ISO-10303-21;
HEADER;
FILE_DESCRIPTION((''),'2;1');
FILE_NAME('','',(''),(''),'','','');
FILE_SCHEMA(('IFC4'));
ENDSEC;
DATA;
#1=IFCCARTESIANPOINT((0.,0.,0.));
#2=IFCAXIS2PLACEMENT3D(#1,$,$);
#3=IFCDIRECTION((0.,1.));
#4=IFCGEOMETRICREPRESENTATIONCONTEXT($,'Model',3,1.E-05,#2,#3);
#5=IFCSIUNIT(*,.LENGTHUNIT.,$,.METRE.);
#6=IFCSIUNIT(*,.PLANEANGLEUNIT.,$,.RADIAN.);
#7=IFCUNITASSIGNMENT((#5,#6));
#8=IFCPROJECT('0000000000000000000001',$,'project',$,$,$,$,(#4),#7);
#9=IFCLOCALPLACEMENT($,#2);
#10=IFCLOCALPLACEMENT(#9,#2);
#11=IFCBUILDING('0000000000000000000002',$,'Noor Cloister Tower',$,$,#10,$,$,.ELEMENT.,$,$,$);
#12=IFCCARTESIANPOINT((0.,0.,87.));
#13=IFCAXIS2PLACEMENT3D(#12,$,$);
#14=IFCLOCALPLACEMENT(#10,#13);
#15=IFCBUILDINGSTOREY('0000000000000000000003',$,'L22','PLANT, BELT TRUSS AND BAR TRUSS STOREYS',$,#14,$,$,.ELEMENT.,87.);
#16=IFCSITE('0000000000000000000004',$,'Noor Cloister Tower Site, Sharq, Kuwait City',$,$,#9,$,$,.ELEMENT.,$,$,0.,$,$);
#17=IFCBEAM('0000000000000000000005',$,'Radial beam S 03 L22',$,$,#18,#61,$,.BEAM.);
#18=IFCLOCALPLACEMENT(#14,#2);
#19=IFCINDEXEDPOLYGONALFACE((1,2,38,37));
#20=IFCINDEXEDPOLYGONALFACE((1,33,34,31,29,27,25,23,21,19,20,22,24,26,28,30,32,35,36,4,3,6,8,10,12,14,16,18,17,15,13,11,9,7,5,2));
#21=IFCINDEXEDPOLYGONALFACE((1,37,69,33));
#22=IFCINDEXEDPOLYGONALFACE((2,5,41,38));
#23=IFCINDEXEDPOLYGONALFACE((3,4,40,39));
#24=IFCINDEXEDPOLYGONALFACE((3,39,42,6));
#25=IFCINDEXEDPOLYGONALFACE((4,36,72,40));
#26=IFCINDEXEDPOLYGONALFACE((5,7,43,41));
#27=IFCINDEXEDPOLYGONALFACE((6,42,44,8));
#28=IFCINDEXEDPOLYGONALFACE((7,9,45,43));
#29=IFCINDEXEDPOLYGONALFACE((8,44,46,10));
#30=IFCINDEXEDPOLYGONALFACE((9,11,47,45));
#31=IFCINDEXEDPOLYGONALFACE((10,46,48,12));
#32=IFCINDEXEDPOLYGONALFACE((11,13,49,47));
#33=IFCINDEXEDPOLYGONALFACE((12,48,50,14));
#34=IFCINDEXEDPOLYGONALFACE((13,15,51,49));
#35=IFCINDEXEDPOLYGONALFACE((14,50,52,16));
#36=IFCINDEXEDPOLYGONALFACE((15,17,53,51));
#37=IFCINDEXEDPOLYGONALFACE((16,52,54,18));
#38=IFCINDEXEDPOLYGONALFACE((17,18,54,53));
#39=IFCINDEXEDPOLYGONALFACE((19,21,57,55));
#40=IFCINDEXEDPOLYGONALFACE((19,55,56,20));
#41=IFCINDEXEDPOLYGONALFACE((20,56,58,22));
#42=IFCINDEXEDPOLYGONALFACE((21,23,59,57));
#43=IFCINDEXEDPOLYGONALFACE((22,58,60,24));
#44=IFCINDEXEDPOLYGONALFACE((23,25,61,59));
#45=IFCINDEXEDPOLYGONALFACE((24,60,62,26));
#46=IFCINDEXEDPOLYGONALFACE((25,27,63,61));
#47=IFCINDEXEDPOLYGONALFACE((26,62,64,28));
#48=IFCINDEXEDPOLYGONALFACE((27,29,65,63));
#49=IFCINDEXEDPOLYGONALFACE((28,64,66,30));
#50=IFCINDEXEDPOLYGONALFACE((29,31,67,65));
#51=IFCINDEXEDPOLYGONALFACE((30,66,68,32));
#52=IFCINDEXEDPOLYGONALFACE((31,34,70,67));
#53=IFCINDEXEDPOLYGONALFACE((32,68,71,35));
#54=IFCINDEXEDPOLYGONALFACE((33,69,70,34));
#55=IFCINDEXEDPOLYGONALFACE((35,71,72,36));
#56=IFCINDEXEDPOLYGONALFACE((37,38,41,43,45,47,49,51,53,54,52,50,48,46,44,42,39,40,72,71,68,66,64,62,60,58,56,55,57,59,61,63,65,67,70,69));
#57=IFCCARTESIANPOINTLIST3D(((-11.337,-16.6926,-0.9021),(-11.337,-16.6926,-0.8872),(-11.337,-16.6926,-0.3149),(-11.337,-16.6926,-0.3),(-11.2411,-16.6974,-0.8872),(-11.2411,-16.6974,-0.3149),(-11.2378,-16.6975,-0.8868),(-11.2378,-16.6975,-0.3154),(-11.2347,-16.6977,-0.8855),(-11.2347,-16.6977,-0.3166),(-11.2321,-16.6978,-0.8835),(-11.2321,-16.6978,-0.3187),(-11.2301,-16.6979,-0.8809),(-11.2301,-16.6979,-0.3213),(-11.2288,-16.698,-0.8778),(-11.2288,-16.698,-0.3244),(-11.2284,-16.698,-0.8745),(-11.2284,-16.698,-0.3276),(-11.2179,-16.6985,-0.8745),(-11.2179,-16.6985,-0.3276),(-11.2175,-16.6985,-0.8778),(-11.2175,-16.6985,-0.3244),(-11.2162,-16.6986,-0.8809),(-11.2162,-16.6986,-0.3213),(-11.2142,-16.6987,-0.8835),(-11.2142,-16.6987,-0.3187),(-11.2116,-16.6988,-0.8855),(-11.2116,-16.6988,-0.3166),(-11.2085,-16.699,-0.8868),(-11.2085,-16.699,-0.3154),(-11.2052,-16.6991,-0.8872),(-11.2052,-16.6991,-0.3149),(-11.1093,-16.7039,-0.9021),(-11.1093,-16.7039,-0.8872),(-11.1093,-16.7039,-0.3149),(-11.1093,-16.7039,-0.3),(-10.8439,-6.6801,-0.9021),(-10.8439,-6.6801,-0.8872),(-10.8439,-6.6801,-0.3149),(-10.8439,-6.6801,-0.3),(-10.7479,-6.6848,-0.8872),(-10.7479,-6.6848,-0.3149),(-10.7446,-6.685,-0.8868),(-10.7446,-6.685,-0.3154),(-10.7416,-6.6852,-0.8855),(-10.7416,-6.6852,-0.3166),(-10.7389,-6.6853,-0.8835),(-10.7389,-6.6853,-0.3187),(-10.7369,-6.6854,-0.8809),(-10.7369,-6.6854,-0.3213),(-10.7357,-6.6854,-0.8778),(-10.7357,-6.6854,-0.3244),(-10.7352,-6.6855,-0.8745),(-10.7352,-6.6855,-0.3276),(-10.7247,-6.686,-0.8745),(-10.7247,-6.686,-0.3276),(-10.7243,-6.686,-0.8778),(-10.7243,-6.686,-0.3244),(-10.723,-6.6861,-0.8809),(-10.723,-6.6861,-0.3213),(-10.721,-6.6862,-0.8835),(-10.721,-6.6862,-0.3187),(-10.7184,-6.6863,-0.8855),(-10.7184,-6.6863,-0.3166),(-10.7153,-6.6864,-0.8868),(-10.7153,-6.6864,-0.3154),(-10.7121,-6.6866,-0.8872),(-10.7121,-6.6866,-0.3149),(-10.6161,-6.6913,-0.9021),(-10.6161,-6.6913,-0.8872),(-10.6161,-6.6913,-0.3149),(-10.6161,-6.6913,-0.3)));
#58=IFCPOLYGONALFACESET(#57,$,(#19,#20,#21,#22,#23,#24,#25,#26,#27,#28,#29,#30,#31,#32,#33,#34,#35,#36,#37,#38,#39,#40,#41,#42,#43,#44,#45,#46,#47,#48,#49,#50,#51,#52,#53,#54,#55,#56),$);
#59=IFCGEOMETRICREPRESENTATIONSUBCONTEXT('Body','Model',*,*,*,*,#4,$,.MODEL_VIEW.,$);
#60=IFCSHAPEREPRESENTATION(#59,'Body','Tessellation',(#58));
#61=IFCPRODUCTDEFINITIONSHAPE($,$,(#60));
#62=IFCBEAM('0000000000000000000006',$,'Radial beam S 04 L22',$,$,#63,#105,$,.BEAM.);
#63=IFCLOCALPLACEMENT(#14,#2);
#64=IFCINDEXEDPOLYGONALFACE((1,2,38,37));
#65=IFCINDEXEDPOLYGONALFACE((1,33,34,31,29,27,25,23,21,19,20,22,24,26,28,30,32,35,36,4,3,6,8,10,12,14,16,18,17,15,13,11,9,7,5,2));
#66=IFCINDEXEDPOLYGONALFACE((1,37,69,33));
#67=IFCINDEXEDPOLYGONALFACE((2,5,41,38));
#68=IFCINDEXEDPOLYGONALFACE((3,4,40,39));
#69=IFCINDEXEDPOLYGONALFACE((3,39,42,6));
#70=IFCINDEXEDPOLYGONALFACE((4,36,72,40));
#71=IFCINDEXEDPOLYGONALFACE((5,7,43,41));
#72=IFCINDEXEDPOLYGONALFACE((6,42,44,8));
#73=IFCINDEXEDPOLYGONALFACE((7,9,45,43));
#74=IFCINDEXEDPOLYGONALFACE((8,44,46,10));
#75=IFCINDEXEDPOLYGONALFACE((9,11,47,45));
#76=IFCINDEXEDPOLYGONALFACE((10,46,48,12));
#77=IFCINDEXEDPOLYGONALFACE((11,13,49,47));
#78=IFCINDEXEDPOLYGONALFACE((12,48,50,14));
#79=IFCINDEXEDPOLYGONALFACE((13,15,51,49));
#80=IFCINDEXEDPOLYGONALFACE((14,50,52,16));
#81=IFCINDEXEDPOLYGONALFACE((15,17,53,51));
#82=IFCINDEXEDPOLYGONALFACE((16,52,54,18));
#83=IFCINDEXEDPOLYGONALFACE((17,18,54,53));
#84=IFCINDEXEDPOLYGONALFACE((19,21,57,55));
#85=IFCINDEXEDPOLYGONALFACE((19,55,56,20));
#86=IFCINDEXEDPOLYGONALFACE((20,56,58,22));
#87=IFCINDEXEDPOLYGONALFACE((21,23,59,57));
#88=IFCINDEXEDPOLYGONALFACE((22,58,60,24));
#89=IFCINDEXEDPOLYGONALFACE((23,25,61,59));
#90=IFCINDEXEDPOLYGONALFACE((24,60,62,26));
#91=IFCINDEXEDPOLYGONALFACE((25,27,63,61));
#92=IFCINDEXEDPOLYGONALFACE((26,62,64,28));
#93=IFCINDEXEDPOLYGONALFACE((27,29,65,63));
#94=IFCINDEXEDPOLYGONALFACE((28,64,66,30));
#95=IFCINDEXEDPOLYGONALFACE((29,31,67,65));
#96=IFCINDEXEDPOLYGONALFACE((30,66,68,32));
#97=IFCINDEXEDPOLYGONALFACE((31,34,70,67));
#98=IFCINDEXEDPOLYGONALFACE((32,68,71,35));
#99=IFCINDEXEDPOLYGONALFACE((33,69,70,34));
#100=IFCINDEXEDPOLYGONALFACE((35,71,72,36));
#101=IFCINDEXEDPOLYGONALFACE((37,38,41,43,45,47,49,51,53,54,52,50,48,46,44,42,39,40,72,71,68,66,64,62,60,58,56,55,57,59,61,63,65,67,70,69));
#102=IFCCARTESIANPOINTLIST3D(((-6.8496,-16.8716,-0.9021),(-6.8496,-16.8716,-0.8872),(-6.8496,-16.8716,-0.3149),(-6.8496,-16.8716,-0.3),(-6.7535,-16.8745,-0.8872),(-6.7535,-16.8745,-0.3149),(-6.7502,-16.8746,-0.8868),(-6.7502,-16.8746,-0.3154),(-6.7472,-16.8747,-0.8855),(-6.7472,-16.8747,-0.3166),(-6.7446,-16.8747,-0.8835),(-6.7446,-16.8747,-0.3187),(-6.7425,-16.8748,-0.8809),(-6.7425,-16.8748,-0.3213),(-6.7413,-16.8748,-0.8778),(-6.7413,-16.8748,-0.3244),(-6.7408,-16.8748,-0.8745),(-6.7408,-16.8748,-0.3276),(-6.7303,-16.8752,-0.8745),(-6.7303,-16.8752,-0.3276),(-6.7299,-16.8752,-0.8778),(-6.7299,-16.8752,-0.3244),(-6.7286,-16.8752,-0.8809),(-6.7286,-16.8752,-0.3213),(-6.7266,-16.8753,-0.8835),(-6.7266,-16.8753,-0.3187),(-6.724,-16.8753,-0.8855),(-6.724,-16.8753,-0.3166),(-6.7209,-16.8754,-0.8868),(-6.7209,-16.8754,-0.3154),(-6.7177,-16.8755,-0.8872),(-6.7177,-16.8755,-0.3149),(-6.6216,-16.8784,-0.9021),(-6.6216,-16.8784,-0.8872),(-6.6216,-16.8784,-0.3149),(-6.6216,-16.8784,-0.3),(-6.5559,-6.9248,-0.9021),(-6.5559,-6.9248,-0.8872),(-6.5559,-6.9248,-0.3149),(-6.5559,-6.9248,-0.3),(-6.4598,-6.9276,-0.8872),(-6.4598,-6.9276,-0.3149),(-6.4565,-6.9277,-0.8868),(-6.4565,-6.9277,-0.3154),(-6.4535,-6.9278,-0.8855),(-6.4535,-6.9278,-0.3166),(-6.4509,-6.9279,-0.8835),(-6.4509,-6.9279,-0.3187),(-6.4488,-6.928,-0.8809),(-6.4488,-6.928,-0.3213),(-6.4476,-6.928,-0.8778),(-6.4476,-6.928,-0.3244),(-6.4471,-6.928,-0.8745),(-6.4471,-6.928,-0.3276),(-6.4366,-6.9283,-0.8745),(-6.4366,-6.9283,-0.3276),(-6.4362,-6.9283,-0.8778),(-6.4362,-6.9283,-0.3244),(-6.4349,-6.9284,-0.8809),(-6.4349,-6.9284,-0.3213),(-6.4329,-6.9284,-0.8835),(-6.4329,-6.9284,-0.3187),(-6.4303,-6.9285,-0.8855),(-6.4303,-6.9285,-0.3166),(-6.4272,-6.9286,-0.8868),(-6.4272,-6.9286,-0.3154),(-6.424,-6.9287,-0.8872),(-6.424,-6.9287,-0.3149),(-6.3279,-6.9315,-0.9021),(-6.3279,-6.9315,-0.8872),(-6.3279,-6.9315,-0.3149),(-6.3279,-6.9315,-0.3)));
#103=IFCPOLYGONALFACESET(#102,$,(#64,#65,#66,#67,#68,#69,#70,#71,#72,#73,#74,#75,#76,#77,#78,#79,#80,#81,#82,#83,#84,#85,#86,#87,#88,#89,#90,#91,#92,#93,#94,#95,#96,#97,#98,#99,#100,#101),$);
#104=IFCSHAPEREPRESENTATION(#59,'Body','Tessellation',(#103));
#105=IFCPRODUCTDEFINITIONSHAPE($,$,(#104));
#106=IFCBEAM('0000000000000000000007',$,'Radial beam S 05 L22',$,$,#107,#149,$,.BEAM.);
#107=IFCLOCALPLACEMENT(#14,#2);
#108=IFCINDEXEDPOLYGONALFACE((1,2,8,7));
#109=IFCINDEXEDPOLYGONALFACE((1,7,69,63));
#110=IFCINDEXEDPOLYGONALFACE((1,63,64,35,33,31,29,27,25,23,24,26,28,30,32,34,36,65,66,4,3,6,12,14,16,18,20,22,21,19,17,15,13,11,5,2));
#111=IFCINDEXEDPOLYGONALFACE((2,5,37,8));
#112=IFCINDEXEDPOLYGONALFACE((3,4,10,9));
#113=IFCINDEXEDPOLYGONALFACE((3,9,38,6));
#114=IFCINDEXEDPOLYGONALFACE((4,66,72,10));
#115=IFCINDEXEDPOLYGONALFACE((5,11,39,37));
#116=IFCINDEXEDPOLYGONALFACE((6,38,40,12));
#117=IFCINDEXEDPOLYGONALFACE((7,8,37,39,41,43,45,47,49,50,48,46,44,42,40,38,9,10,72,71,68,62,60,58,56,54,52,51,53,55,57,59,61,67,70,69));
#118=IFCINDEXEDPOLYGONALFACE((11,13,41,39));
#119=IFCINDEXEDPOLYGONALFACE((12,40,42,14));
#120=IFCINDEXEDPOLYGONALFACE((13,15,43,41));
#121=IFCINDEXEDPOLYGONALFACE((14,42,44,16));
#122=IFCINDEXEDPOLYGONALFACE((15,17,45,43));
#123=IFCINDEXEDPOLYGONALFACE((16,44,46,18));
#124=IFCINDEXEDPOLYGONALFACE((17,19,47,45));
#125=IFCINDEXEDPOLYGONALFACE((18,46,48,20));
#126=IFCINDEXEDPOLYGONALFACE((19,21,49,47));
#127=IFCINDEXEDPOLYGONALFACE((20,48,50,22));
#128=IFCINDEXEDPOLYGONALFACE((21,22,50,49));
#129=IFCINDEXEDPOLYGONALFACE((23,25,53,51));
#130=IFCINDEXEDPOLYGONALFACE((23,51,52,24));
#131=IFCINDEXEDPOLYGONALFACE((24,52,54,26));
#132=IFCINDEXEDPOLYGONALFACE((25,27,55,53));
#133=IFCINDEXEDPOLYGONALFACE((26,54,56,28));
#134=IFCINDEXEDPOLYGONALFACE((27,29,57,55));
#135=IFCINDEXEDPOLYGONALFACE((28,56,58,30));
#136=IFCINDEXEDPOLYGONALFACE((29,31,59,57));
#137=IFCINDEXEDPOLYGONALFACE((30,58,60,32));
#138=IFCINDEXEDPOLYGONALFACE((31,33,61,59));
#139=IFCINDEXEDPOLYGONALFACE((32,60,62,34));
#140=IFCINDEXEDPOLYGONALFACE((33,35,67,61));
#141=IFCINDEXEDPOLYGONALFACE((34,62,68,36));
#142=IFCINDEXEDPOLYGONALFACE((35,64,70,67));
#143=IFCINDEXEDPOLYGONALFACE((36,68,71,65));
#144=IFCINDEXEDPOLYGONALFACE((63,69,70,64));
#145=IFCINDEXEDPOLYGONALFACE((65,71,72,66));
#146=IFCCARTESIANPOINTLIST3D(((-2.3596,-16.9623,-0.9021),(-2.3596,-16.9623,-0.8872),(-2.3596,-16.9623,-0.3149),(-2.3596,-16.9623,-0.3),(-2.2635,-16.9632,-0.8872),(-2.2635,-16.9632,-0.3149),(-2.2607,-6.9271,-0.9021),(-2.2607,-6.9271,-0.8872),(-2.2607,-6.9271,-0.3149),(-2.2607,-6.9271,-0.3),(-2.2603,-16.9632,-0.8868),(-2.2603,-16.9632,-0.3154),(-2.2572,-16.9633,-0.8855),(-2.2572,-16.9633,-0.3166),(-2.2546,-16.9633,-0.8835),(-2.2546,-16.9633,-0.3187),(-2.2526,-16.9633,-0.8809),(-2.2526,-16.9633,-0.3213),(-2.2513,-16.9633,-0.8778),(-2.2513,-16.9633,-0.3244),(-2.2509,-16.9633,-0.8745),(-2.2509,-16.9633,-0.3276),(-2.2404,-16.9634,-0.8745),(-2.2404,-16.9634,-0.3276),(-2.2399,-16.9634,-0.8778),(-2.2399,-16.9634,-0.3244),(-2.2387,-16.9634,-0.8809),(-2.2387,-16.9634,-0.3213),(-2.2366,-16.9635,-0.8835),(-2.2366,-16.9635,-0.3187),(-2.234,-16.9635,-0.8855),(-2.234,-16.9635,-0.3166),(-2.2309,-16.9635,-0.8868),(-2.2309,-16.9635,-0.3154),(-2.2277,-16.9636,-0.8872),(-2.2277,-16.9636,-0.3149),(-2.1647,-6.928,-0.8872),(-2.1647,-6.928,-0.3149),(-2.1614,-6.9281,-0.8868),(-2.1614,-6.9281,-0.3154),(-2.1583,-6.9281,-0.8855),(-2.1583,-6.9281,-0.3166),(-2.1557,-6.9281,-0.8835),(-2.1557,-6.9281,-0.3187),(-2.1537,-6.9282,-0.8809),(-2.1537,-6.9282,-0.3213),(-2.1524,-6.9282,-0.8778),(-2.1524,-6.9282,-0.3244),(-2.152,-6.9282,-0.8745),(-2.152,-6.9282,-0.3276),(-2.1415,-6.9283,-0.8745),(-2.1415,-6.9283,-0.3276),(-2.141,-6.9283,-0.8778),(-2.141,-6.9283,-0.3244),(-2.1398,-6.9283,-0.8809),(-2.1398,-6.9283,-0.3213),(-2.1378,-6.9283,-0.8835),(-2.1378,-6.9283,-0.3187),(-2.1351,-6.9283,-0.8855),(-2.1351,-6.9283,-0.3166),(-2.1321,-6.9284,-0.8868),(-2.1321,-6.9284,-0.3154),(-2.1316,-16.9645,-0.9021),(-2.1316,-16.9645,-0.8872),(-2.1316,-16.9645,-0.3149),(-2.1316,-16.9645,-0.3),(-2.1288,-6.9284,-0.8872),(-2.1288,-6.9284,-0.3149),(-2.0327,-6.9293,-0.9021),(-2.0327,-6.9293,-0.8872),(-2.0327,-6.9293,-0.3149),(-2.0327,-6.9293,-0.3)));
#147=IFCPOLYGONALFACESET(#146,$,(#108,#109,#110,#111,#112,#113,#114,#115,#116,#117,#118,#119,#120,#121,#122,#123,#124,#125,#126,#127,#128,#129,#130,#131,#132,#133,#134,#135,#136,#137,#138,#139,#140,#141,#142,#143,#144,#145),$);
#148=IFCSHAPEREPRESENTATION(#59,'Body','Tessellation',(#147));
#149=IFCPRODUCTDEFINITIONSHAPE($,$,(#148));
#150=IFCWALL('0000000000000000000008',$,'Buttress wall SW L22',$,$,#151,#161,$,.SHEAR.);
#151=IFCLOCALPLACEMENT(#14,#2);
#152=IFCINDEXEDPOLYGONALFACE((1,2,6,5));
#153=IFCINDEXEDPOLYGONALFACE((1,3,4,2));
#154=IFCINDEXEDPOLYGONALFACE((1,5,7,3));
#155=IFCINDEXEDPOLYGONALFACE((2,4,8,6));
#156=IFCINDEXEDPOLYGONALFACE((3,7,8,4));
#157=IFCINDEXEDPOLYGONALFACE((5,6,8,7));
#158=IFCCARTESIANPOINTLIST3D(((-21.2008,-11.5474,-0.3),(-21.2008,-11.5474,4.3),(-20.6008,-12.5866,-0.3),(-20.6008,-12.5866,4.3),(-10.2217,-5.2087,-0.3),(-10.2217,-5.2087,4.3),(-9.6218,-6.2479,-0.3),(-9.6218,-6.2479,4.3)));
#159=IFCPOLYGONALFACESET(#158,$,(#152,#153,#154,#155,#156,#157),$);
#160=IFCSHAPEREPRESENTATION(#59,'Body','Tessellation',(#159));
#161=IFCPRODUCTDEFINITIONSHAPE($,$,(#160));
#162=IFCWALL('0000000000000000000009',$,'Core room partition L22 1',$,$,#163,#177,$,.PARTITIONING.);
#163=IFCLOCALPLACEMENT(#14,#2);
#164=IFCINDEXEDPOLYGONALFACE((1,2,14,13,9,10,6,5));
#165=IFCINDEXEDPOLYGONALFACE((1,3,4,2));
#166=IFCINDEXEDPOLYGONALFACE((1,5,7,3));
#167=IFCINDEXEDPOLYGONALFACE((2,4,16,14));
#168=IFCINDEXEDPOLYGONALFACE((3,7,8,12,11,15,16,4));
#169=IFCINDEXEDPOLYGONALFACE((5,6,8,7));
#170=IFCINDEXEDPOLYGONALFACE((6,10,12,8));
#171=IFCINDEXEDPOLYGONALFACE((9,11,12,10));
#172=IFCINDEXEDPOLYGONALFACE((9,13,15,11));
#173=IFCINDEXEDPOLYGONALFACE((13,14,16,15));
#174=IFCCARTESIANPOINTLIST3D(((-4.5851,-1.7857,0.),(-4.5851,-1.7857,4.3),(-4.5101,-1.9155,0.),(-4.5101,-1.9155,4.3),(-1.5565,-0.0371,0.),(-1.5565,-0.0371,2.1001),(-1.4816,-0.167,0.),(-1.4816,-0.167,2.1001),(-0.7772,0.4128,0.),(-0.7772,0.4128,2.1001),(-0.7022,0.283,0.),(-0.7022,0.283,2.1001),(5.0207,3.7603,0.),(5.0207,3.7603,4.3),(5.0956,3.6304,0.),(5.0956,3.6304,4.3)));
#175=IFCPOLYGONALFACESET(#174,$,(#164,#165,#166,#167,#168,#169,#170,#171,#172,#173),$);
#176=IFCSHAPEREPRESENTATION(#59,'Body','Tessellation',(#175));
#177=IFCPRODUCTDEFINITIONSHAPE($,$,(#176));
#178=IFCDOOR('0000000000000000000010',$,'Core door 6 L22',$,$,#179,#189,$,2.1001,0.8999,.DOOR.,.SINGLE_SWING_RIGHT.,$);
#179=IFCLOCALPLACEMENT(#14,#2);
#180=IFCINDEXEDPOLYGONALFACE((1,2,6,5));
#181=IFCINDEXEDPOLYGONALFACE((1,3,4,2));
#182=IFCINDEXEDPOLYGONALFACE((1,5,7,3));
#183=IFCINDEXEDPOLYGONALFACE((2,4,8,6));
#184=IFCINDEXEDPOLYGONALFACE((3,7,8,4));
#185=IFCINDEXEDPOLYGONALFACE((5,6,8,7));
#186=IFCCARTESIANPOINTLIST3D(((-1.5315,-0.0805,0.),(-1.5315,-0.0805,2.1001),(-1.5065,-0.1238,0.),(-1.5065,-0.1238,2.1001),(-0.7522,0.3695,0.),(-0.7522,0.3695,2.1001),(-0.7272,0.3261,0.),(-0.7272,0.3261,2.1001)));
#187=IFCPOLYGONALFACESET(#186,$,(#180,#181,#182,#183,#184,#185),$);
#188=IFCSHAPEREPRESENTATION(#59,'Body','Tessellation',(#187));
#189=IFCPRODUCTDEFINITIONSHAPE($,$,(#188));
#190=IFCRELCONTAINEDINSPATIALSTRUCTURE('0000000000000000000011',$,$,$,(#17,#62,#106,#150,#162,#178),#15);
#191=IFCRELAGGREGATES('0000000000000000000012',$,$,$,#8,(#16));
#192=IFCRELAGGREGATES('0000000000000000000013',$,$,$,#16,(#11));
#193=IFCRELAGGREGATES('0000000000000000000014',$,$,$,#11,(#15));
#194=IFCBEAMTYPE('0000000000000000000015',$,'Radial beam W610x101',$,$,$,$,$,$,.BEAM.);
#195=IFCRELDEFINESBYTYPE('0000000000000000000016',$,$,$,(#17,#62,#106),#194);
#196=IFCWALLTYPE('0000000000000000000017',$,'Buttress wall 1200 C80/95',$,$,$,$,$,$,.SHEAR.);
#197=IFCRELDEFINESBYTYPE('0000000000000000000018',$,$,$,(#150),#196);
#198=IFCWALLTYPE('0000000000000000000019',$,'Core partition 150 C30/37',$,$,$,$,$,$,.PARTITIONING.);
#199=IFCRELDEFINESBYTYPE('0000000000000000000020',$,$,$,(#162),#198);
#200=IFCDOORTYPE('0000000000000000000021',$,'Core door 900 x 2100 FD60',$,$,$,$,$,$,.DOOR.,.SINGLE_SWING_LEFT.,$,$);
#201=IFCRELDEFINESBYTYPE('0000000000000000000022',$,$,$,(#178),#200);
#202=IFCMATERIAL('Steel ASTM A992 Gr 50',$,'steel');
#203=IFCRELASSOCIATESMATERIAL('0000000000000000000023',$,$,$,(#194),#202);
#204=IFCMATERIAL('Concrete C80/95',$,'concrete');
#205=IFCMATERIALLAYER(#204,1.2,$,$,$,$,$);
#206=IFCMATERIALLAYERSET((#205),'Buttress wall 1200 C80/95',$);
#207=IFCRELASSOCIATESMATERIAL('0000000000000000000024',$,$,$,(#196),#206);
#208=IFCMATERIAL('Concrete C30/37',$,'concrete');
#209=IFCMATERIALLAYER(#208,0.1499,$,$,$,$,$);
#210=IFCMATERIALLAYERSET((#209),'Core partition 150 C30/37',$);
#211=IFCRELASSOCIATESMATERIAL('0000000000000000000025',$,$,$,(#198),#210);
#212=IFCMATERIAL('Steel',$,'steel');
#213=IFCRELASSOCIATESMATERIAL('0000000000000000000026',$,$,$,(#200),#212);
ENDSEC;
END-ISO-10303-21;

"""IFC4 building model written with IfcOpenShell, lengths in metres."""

from ifc_helpers import new_model, si_unit, direction, frame, frame_2d, origin, origin_2d, place, context, subcontext, project, spatial, rectangle, i_section, extrude, material, layer, layer_set, material_profile, profile_set, type_object, element, fill, save


model = new_model("IFC4")

# Units and contexts
model_context = context("Model", 3, precision=1e-05, world=origin(), true_north=direction((0.0, 1.0)))
body_context = subcontext(model_context, "Body", "Model", "MODEL_VIEW")
ifc_project = project(units=[si_unit("LENGTHUNIT", "METRE"), si_unit("PLANEANGLEUNIT", "RADIAN")], contexts=[model_context])

# Site, building, storey
site_placement = place(None, origin())
site = spatial("IfcSite", under=ifc_project, at=site_placement, Name="Noor Cloister Tower Site, Sharq, Kuwait City", CompositionType="ELEMENT", RefElevation=0.0)
building_placement = place(site_placement, origin())
building = spatial("IfcBuilding", under=site, at=building_placement, Name="Noor Cloister Tower", CompositionType="ELEMENT")
storey_placement = place(building_placement, frame((0.0, 0.0, 87.0)))
storey = spatial("IfcBuildingStorey", under=building, at=storey_placement, Name="L22", Description="PLANT, BELT TRUSS AND BAR TRUSS STOREYS", CompositionType="ELEMENT", Elevation=87.0)

# Beams
ifc_material_1 = material(Name="Steel ASTM A992 Gr 50", Category="steel")
ifc_material_profile_1 = material_profile(ifc_material_1, i_section(OverallWidth=0.228, OverallDepth=0.6021, WebThickness=0.0105, FlangeThickness=0.0149, FilletRadius=0.0127, at=origin_2d()), Name="W610x101")
ifc_profile_set_1 = profile_set([ifc_material_profile_1], Name="Steel ASTM A992 Gr 50")
beam_type_1 = type_object("IfcBeamType", Name="Radial beam W610x101", PredefinedType="BEAM", material=ifc_profile_set_1)
beam_1_placement = place(storey_placement, frame((-11.2231, -16.6982, -0.6011), z_axis=(0.049195, 0.998789, 0.0), x_axis=(-0.998789, 0.049195, 0.0)))
element("IfcBeam", 1, at=beam_1_placement, inside=storey, type_object=beam_type_1, Name="Radial beam S 03 L22", PredefinedType="BEAM", context=body_context, shape_type="SweptSolid", body=[
    extrude(i_section(OverallWidth=0.228, OverallDepth=0.6021, WebThickness=0.0105, FlangeThickness=0.0149, FilletRadius=0.0127, at=origin_2d()), origin(), (0.0, 0.0, 1.0), 10.0247),
])
beam_2_placement = place(storey_placement, frame((-6.7356, -16.875, -0.6011), z_axis=(0.029514, 0.999564, 0.0), x_axis=(-0.999564, 0.029514, 0.0)))
element("IfcBeam", 2, at=beam_2_placement, inside=storey, type_object=beam_type_1, Name="Radial beam S 04 L22", PredefinedType="BEAM", context=body_context, shape_type="SweptSolid", body=[
    extrude(i_section(OverallWidth=0.228, OverallDepth=0.6021, WebThickness=0.0105, FlangeThickness=0.0149, FilletRadius=0.0127, at=origin_2d()), origin(), (0.0, 0.0, 1.0), 9.9512),
])
beam_3_placement = place(storey_placement, frame((-2.2456, -16.9634, -0.6011), z_axis=(0.009853, 0.999951, 0.0), x_axis=(-0.999951, 0.009853, 0.0)))
element("IfcBeam", 3, at=beam_3_placement, inside=storey, type_object=beam_type_1, Name="Radial beam S 05 L22", PredefinedType="BEAM", context=body_context, shape_type="SweptSolid", body=[
    extrude(i_section(OverallWidth=0.228, OverallDepth=0.6021, WebThickness=0.0105, FlangeThickness=0.0149, FilletRadius=0.0127, at=origin_2d()), origin(), (0.0, 0.0, 1.0), 10.0356),
])

# Wall
ifc_material_2 = material(Name="Concrete C80/95", Category="concrete")
ifc_layer_1 = layer(ifc_material_2, 1.2)
ifc_layer_set_1 = layer_set([ifc_layer_1], Name="Buttress wall 1200 C80/95")
wall_type_1 = type_object("IfcWallType", Name="Buttress wall 1200 C80/95", PredefinedType="SHEAR", material=ifc_layer_set_1)
wall_1_placement = place(storey_placement, frame((-9.9216, -5.7283, -0.3), z_axis=(0.0, 0.0, 1.0), x_axis=(-0.866029, -0.499994, 0.0)))
element("IfcWall", 4, at=wall_1_placement, inside=storey, type_object=wall_type_1, Name="Buttress wall SW L22", PredefinedType="SHEAR", context=body_context, shape_type="SweptSolid", body=[
    extrude(rectangle(XDim=12.6775, YDim=1.2, at=frame_2d((6.3389, 0.0))), origin(), (0.0, 0.0, 1.0), 4.6001),
])

# Wall, opening, door
ifc_material_3 = material(Name="Concrete C30/37", Category="concrete")
ifc_layer_2 = layer(ifc_material_3, 0.1499)
ifc_layer_set_2 = layer_set([ifc_layer_2], Name="Core partition 150 C30/37")
wall_type_2 = type_object("IfcWallType", Name="Core partition 150 C30/37", PredefinedType="PARTITIONING", material=ifc_layer_set_2)
wall_2_placement = place(storey_placement, frame((-4.5476, -1.8506, 0.0), z_axis=(0.0, 0.0, 1.0), x_axis=(0.866024, 0.500003, 0.0)))
wall_2 = element("IfcWall", 5, at=wall_2_placement, inside=storey, type_object=wall_type_2, Name="Core room partition L22 1", PredefinedType="PARTITIONING", context=body_context, shape_type="SweptSolid", body=[
    extrude(rectangle(XDim=11.0918, YDim=0.1499, at=frame_2d((5.5459, 0.0))), origin(), (0.0, 0.0, 1.0), 4.3),
])
opening_1_placement = place(wall_2_placement, frame((3.4971, 0.0, 0.0)))
opening_1 = element("IfcOpeningElement", 6, at=opening_1_placement, cuts=wall_2, PredefinedType="OPENING", context=body_context, shape_type="SweptSolid", body=[
    extrude(rectangle(XDim=0.8999, YDim=2.1001, at=frame_2d((0.45, 1.05))), frame((0.0, 0.085, 0.0), z_axis=(0.0, -1.0, 0.0), x_axis=(1.0, 0.0, 0.0)), (0.0, 0.0, 1.0), 0.1699),
])
ifc_material_4 = material(Name="Steel", Category="steel")
door_type_1 = type_object("IfcDoorType", Name="Core door 900 x 2100 FD60", OperationType="SINGLE_SWING_LEFT", PredefinedType="DOOR", material=ifc_material_4)
door_1_placement = place(opening_1_placement, origin())
door_1 = element("IfcDoor", 7, at=door_1_placement, inside=storey, type_object=door_type_1, Name="Core door 6 L22", OperationType="SINGLE_SWING_RIGHT", OverallHeight=2.1001, OverallWidth=0.8999, PredefinedType="DOOR", context=body_context, shape_type="SweptSolid", body=[
    extrude(rectangle(XDim=0.8999, YDim=2.1001, at=frame_2d((0.45, 1.05))), frame((0.0, 0.0249, 0.0), z_axis=(0.0, -1.0, 0.0), x_axis=(1.0, 0.0, 0.0)), (0.0, 0.0, 1.0), 0.05),
])
fill(opening_1, door_1)

save(model, "model.ifc")
